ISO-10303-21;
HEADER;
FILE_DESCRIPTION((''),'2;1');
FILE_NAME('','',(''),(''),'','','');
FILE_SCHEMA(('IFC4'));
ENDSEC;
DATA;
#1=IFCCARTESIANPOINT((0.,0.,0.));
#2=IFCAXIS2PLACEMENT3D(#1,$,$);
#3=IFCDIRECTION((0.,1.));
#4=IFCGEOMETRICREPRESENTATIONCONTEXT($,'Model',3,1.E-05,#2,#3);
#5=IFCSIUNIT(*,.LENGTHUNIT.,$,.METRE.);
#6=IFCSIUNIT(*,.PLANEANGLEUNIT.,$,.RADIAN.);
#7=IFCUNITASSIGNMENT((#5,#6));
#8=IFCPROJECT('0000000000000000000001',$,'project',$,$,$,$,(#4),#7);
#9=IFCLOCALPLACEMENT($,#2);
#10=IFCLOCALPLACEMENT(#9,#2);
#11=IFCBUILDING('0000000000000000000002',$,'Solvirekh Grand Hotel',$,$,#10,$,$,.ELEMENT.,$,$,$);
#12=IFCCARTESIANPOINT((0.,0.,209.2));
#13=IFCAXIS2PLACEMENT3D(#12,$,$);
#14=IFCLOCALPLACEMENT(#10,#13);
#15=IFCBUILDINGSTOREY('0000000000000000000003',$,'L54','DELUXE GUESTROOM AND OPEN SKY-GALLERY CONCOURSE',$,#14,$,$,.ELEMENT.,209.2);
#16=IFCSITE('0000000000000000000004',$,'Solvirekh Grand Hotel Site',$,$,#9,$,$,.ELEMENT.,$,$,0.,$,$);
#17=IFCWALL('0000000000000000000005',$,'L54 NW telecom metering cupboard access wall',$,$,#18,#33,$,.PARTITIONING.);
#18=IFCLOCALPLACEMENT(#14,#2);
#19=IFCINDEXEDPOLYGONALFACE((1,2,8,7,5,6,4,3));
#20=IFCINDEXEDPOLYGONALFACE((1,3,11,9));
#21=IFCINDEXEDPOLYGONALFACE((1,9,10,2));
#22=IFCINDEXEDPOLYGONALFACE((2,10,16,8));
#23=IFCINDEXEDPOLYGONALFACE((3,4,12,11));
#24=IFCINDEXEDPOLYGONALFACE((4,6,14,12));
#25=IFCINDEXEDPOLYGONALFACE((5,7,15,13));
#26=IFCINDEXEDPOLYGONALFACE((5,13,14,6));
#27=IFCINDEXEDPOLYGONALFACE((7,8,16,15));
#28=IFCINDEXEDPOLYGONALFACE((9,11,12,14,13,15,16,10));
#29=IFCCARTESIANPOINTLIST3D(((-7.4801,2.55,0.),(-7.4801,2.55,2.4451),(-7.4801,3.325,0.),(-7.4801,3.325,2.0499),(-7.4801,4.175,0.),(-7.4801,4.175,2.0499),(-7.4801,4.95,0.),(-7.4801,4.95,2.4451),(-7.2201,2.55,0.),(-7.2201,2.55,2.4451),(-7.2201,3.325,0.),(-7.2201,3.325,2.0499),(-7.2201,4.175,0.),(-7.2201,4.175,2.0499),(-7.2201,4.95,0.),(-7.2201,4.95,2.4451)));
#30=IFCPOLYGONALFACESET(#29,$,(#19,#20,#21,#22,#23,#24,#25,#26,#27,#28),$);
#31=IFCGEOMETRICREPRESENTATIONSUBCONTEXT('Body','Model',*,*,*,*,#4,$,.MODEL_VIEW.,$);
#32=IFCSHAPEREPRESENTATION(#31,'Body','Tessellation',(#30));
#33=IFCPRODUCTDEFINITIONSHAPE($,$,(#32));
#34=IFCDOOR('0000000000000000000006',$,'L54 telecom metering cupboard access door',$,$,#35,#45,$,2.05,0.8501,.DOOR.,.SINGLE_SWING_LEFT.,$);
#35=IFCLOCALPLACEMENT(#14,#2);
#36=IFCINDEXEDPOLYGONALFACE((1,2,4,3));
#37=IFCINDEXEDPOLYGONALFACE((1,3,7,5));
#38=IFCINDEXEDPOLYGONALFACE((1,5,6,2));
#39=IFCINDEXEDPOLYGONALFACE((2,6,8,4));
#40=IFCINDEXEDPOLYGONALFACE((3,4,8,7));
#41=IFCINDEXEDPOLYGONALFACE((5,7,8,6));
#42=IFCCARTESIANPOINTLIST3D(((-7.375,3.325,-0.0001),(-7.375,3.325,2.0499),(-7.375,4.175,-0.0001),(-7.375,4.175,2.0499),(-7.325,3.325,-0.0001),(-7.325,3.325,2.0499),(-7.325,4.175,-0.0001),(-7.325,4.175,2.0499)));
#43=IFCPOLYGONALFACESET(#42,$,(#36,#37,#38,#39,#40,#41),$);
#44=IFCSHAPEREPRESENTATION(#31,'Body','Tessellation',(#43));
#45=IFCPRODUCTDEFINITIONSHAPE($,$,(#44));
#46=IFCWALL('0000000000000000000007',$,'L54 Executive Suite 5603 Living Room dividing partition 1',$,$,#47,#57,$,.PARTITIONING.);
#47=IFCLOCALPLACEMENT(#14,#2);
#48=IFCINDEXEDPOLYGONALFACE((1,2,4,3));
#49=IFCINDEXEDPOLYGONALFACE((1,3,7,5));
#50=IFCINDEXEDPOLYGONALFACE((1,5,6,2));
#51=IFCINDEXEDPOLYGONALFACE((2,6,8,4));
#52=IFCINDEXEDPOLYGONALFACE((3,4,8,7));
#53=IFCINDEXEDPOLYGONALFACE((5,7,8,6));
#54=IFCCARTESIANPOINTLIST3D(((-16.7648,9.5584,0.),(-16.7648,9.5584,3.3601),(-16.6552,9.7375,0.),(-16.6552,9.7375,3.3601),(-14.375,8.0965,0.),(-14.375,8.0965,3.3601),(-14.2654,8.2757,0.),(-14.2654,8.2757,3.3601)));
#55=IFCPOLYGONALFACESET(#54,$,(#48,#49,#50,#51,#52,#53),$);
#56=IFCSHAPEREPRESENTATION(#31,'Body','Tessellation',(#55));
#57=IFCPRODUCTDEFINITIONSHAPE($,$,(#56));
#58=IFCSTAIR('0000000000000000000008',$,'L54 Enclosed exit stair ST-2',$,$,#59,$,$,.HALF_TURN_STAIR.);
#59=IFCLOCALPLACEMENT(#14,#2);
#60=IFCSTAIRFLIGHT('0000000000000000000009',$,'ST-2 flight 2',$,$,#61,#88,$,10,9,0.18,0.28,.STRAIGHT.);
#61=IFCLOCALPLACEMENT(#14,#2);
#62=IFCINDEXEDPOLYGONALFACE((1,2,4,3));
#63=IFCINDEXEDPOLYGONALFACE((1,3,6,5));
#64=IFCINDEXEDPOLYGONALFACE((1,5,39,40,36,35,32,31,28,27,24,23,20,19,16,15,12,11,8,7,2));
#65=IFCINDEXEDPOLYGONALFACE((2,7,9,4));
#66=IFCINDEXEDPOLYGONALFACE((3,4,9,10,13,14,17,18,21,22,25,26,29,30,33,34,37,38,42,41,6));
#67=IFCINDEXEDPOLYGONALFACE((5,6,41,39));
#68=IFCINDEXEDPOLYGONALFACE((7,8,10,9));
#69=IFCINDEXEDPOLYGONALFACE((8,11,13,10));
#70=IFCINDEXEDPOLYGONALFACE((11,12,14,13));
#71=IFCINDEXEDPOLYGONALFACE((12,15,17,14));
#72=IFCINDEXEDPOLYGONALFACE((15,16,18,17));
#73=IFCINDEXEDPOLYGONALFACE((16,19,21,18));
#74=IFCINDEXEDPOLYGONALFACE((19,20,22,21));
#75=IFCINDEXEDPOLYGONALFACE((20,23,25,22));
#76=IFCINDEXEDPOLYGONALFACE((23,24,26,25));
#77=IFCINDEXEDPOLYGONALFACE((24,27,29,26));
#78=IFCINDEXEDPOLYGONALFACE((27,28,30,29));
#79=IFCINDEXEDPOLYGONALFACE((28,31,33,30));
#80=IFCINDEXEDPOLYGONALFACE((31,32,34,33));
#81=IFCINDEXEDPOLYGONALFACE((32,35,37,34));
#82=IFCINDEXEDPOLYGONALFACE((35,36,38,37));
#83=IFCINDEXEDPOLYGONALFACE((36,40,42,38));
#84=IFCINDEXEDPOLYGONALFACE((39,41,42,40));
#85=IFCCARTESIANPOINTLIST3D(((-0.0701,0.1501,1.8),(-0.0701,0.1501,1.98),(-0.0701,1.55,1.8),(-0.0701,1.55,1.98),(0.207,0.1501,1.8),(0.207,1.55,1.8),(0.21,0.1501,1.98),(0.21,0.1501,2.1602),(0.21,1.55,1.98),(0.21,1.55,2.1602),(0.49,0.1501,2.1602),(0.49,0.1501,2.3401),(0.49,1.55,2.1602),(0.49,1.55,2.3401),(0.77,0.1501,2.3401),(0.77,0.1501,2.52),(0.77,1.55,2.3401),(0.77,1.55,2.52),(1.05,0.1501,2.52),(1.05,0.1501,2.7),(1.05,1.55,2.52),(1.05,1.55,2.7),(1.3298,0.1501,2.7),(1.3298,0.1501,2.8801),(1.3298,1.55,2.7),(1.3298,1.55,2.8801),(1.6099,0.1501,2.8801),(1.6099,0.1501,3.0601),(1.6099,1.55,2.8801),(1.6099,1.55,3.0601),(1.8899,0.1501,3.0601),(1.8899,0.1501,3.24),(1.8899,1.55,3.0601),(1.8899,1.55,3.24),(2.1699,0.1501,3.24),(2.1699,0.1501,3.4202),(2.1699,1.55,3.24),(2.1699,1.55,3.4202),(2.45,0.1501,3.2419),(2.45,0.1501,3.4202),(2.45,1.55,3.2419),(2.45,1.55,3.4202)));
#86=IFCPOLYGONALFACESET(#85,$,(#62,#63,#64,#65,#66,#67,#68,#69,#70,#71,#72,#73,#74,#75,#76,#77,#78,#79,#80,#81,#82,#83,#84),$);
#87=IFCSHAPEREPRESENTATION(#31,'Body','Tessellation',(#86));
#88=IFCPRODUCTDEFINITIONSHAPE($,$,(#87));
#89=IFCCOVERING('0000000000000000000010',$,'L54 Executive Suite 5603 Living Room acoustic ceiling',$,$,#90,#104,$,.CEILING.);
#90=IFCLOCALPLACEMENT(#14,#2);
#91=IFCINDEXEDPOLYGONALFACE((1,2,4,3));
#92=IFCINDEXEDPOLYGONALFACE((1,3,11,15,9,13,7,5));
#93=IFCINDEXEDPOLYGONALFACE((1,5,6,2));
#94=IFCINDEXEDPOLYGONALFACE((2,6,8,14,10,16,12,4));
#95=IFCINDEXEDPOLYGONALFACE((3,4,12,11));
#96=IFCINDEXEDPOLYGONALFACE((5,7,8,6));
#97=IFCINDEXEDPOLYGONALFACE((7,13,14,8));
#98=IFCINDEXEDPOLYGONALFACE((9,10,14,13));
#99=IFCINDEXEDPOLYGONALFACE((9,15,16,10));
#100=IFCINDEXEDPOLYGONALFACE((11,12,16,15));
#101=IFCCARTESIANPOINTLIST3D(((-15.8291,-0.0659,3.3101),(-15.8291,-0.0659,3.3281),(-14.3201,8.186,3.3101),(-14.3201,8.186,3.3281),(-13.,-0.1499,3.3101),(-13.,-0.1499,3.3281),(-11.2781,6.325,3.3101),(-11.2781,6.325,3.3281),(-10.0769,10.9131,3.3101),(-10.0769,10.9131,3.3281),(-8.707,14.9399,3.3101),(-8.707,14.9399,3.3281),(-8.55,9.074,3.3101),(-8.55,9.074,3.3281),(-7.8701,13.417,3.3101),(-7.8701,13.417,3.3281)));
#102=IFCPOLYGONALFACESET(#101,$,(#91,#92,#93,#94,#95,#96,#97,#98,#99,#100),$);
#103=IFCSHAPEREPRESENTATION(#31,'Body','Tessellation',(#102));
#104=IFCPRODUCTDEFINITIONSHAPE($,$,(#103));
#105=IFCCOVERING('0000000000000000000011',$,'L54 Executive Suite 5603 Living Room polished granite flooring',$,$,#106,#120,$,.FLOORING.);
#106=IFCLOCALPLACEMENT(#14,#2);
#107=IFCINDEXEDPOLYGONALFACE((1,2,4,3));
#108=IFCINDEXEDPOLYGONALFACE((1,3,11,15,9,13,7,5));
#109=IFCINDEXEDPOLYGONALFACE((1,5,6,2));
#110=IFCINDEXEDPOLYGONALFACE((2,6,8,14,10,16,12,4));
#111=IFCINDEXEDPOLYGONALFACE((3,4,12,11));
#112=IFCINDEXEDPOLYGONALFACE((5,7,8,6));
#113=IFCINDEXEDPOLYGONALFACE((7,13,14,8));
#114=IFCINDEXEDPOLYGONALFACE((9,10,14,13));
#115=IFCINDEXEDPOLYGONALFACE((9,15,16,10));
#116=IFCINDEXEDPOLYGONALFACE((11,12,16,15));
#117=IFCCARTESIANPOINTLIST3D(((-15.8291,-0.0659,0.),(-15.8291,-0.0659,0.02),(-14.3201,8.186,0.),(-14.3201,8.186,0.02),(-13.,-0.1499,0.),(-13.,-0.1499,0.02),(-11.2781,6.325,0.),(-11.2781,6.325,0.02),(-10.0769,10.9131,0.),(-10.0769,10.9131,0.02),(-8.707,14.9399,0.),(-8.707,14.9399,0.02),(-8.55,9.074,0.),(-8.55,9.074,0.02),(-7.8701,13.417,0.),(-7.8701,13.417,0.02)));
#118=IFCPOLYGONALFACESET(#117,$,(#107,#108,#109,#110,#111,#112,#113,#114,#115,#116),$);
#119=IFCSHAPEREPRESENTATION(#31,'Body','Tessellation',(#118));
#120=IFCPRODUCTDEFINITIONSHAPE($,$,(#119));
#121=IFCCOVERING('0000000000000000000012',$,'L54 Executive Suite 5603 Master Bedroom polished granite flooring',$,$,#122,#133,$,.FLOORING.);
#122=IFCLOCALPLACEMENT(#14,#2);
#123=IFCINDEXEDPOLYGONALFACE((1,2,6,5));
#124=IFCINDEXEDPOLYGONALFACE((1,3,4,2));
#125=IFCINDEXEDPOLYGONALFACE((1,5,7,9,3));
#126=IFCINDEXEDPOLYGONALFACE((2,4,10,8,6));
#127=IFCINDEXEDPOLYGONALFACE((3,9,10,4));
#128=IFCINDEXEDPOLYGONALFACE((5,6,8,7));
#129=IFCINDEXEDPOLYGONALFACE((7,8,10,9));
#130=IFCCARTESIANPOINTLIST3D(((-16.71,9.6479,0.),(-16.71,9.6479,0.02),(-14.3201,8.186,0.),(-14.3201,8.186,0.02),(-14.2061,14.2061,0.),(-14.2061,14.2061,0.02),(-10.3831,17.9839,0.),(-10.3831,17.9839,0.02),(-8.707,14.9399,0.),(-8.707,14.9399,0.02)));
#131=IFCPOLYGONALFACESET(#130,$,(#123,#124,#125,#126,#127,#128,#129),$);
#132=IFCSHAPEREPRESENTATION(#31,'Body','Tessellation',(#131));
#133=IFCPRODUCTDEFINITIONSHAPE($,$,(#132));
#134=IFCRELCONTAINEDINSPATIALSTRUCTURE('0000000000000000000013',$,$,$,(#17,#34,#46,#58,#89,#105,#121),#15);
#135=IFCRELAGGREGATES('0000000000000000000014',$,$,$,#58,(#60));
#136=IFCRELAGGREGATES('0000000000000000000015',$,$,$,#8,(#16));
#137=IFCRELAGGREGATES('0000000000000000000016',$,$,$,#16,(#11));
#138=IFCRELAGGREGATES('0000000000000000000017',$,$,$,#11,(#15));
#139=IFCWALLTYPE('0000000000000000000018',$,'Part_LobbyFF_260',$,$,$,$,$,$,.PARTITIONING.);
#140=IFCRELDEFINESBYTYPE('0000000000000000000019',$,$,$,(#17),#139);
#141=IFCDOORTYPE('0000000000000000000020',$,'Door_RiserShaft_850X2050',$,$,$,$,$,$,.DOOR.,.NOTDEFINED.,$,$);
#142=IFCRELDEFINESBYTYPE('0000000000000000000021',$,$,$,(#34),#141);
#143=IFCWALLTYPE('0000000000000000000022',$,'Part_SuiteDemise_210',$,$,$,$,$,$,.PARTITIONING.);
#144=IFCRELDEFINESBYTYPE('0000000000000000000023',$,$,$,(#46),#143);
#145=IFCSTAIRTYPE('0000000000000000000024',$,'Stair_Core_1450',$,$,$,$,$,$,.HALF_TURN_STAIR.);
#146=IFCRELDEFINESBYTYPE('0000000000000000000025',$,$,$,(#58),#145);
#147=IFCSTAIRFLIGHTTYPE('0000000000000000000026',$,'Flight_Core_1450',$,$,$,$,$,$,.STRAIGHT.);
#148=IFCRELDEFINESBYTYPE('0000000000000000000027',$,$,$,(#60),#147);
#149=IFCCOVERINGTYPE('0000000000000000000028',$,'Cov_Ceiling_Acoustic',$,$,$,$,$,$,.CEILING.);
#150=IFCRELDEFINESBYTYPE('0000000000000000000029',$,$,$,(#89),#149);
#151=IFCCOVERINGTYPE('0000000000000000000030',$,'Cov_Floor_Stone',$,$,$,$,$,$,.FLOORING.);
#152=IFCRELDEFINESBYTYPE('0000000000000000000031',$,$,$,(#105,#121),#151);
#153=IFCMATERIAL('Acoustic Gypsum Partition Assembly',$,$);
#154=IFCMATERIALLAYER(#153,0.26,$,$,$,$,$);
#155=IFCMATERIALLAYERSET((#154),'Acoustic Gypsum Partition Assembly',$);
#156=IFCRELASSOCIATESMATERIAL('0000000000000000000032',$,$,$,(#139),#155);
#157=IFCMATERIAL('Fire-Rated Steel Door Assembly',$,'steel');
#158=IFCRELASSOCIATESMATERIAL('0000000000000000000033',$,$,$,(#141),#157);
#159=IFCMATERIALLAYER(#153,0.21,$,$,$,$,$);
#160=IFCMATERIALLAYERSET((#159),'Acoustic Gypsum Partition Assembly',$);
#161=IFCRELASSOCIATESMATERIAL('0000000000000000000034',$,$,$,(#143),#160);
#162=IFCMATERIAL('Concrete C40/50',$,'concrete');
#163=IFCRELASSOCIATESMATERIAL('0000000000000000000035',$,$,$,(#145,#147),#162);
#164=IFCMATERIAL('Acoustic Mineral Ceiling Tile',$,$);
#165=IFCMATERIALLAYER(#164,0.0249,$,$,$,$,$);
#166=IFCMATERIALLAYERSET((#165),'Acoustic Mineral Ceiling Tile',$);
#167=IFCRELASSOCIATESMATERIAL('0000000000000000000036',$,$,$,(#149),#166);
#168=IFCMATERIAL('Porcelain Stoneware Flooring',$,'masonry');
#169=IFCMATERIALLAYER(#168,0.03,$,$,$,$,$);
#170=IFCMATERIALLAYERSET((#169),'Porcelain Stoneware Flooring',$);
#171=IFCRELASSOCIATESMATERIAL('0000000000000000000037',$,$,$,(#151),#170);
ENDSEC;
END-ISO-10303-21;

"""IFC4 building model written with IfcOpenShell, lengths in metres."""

from ifc_helpers import new_model, si_unit, direction, frame, frame_2d, origin, place, context, subcontext, project, spatial, polyline, rectangle, outline, extrude, material, layer, layer_set, type_object, element, fill, aggregate, save


model = new_model("IFC4")

# Units and contexts
model_context = context("Model", 3, precision=1e-05, world=origin(), true_north=direction((0.0, 1.0)))
body_context = subcontext(model_context, "Body", "Model", "MODEL_VIEW")
ifc_project = project(units=[si_unit("LENGTHUNIT", "METRE"), si_unit("PLANEANGLEUNIT", "RADIAN")], contexts=[model_context])

# Site, building, storey
site_placement = place(None, origin())
site = spatial("IfcSite", under=ifc_project, at=site_placement, Name="Solvirekh Grand Hotel Site", CompositionType="ELEMENT", RefElevation=0.0)
building_placement = place(site_placement, origin())
building = spatial("IfcBuilding", under=site, at=building_placement, Name="Solvirekh Grand Hotel", CompositionType="ELEMENT")
storey_placement = place(building_placement, frame((0.0, 0.0, 209.2)))
storey = spatial("IfcBuildingStorey", under=building, at=storey_placement, Name="L54", Description="DELUXE GUESTROOM AND OPEN SKY-GALLERY CONCOURSE", CompositionType="ELEMENT", Elevation=209.2)

# Shared definitions
ifc_material_1 = material(Name="Concrete C40/50", Category="concrete")
ifc_material_2 = material(Name="Fire-Rated Steel Door Assembly", Category="steel")

# Shared definitions
ifc_material_3 = material(Name="Acoustic Gypsum Partition Assembly")
ifc_layer_1 = layer(ifc_material_3, 0.26)
ifc_layer_set_1 = layer_set([ifc_layer_1], Name="Acoustic Gypsum Partition Assembly")
wall_type_1 = type_object("IfcWallType", Name="Part_LobbyFF_260", PredefinedType="PARTITIONING", material=ifc_layer_set_1)

# Wall, opening, door
wall_1_placement = place(storey_placement, frame((-7.3501, 2.55, 0.0), z_axis=(0.0, 0.0, 1.0), x_axis=(0.0, 1.0, 0.0)))
wall_1 = element("IfcWall", 1, at=wall_1_placement, inside=storey, type_object=wall_type_1, Name="L54 NW telecom metering cupboard access wall", PredefinedType="PARTITIONING", context=body_context, shape_type="SweptSolid", body=[
    extrude(rectangle(XDim=2.3999, YDim=0.26, at=frame_2d((1.2, 0.0))), origin(), (0.0, 0.0, 1.0), 2.4451),
])
opening_1_placement = place(wall_1_placement, frame((0.7749, 0.0, 0.0)))
opening_1 = element("IfcOpeningElement", 2, at=opening_1_placement, cuts=wall_1, PredefinedType="OPENING", context=body_context, shape_type="SweptSolid", body=[
    extrude(rectangle(XDim=0.8501, YDim=2.05, at=frame_2d((0.425, 1.0249))), frame((0.0, 0.1401, 0.0), z_axis=(0.0, -1.0, 0.0), x_axis=(1.0, 0.0, 0.0)), (0.0, 0.0, 1.0), 0.28),
])
door_type_1 = type_object("IfcDoorType", Name="Door_RiserShaft_850X2050", OperationType="NOTDEFINED", PredefinedType="DOOR", material=ifc_material_2)
door_1_placement = place(opening_1_placement, origin())
door_1 = element("IfcDoor", 3, at=door_1_placement, inside=storey, type_object=door_type_1, Name="L54 telecom metering cupboard access door", OperationType="SINGLE_SWING_LEFT", OverallHeight=2.05, OverallWidth=0.8501, PredefinedType="DOOR", context=body_context, shape_type="SweptSolid", body=[
    extrude(rectangle(XDim=0.8501, YDim=2.05, at=frame_2d((0.425, 1.0249))), frame((0.0, 0.0249, 0.0), z_axis=(0.0, -1.0, 0.0), x_axis=(1.0, 0.0, 0.0)), (0.0, 0.0, 1.0), 0.05),
])
fill(opening_1, door_1)

# Wall
ifc_layer_2 = layer(ifc_material_3, 0.21)
ifc_layer_set_2 = layer_set([ifc_layer_2], Name="Acoustic Gypsum Partition Assembly")
wall_type_2 = type_object("IfcWallType", Name="Part_SuiteDemise_210", PredefinedType="PARTITIONING", material=ifc_layer_set_2)
wall_2_placement = place(storey_placement, frame((-14.3201, 8.186, 0.0), z_axis=(0.0, 0.0, 1.0), x_axis=(-0.853056, 0.52182, 0.0)))
element("IfcWall", 4, at=wall_2_placement, inside=storey, type_object=wall_type_2, Name="L54 Executive Suite 5603 Living Room dividing partition 1", PredefinedType="PARTITIONING", context=body_context, shape_type="SweptSolid", body=[
    extrude(rectangle(XDim=2.8015, YDim=0.21, at=frame_2d((1.4009, 0.0))), origin(), (0.0, 0.0, 1.0), 3.3601),
])

# Stair, stair flight
stair_type = type_object("IfcStairType", Name="Stair_Core_1450", PredefinedType="HALF_TURN_STAIR", material=ifc_material_1)
stair_placement = place(storey_placement, origin())
stair = element("IfcStair", 5, at=stair_placement, inside=storey, type_object=stair_type, Name="L54 Enclosed exit stair ST-2", PredefinedType="HALF_TURN_STAIR")
stair_flight_type = type_object("IfcStairFlightType", Name="Flight_Core_1450", PredefinedType="STRAIGHT", material=ifc_material_1)
stair_flight_placement = place(storey_placement, frame((-0.0701, 0.8501, 1.8), z_axis=(0.0, 0.0, 1.0), x_axis=(1.0, 0.0, 0.0)))
stair_flight = element("IfcStairFlight", 6, at=stair_flight_placement, type_object=stair_flight_type, Name="ST-2 flight 2", NumberOfRisers=10, NumberOfTreads=9, PredefinedType="STRAIGHT", RiserHeight=0.18, TreadLength=0.28, context=body_context, shape_type="SweptSolid", body=[
    extrude(outline(polyline([(0.0, 0.0), (0.0, 0.1799), (0.28, 0.1799), (0.28, 0.3601), (0.5601, 0.3601), (0.5601, 0.54), (0.8401, 0.54), (0.8401, 0.72), (1.1201, 0.72), (1.1201, 0.8999), (1.3999, 0.8999), (1.3999, 1.0801), (1.6799, 1.0801), (1.6799, 1.26), (1.96, 1.26), (1.96, 1.4399), (2.24, 1.4399), (2.24, 1.6201), (2.52, 1.6201), (2.52, 1.8), (2.52, 1.4419), (0.2771, 0.0), (0.0, 0.0)])), frame((0.0, 0.7, 0.0), z_axis=(0.0, -1.0, 0.0), x_axis=(1.0, 0.0, 0.0)), (0.0, 0.0, 1.0), 1.3999),
])
aggregate(stair, [stair_flight])

# Coverings
ifc_material_4 = material(Name="Acoustic Mineral Ceiling Tile")
ifc_layer_3 = layer(ifc_material_4, 0.0249)
ifc_layer_set_3 = layer_set([ifc_layer_3], Name="Acoustic Mineral Ceiling Tile")
covering_type_1 = type_object("IfcCoveringType", Name="Cov_Ceiling_Acoustic", PredefinedType="CEILING", material=ifc_layer_set_3)
covering_1_placement = place(storey_placement, frame((0.0, 0.0, 3.3101)))
element("IfcCovering", 7, at=covering_1_placement, inside=storey, type_object=covering_type_1, Name="L54 Executive Suite 5603 Living Room acoustic ceiling", PredefinedType="CEILING", context=body_context, shape_type="SweptSolid", body=[
    extrude(outline(polyline([(-10.0769, 10.9131), (-7.8701, 13.417), (-8.707, 14.9399), (-14.3201, 8.186), (-15.8291, -0.0659), (-13.0, -0.1499), (-11.2781, 6.325), (-8.55, 9.074), (-10.0769, 10.9131)])), origin(), (0.0, 0.0, 1.0), 0.0181),
])
ifc_material_5 = material(Name="Porcelain Stoneware Flooring", Category="masonry")
ifc_layer_4 = layer(ifc_material_5, 0.03)
ifc_layer_set_4 = layer_set([ifc_layer_4], Name="Porcelain Stoneware Flooring")
covering_type_2 = type_object("IfcCoveringType", Name="Cov_Floor_Stone", PredefinedType="FLOORING", material=ifc_layer_set_4)
covering_2_placement = place(storey_placement, origin())
element("IfcCovering", 8, at=covering_2_placement, inside=storey, type_object=covering_type_2, Name="L54 Executive Suite 5603 Living Room polished granite flooring", PredefinedType="FLOORING", context=body_context, shape_type="SweptSolid", body=[
    extrude(outline(polyline([(-10.0769, 10.9131), (-7.8701, 13.417), (-8.707, 14.9399), (-14.3201, 8.186), (-15.8291, -0.0659), (-13.0, -0.1499), (-11.2781, 6.325), (-8.55, 9.074), (-10.0769, 10.9131)])), origin(), (0.0, 0.0, 1.0), 0.02),
])
covering_3_placement = place(storey_placement, origin())
element("IfcCovering", 9, at=covering_3_placement, inside=storey, type_object=covering_type_2, Name="L54 Executive Suite 5603 Master Bedroom polished granite flooring", PredefinedType="FLOORING", context=body_context, shape_type="SweptSolid", body=[
    extrude(outline(polyline([(-10.3831, 17.9839), (-14.2061, 14.2061), (-16.71, 9.6479), (-14.3201, 8.186), (-8.707, 14.9399), (-10.3831, 17.9839)])), origin(), (0.0, 0.0, 1.0), 0.02),
])

save(model, "model.ifc")
